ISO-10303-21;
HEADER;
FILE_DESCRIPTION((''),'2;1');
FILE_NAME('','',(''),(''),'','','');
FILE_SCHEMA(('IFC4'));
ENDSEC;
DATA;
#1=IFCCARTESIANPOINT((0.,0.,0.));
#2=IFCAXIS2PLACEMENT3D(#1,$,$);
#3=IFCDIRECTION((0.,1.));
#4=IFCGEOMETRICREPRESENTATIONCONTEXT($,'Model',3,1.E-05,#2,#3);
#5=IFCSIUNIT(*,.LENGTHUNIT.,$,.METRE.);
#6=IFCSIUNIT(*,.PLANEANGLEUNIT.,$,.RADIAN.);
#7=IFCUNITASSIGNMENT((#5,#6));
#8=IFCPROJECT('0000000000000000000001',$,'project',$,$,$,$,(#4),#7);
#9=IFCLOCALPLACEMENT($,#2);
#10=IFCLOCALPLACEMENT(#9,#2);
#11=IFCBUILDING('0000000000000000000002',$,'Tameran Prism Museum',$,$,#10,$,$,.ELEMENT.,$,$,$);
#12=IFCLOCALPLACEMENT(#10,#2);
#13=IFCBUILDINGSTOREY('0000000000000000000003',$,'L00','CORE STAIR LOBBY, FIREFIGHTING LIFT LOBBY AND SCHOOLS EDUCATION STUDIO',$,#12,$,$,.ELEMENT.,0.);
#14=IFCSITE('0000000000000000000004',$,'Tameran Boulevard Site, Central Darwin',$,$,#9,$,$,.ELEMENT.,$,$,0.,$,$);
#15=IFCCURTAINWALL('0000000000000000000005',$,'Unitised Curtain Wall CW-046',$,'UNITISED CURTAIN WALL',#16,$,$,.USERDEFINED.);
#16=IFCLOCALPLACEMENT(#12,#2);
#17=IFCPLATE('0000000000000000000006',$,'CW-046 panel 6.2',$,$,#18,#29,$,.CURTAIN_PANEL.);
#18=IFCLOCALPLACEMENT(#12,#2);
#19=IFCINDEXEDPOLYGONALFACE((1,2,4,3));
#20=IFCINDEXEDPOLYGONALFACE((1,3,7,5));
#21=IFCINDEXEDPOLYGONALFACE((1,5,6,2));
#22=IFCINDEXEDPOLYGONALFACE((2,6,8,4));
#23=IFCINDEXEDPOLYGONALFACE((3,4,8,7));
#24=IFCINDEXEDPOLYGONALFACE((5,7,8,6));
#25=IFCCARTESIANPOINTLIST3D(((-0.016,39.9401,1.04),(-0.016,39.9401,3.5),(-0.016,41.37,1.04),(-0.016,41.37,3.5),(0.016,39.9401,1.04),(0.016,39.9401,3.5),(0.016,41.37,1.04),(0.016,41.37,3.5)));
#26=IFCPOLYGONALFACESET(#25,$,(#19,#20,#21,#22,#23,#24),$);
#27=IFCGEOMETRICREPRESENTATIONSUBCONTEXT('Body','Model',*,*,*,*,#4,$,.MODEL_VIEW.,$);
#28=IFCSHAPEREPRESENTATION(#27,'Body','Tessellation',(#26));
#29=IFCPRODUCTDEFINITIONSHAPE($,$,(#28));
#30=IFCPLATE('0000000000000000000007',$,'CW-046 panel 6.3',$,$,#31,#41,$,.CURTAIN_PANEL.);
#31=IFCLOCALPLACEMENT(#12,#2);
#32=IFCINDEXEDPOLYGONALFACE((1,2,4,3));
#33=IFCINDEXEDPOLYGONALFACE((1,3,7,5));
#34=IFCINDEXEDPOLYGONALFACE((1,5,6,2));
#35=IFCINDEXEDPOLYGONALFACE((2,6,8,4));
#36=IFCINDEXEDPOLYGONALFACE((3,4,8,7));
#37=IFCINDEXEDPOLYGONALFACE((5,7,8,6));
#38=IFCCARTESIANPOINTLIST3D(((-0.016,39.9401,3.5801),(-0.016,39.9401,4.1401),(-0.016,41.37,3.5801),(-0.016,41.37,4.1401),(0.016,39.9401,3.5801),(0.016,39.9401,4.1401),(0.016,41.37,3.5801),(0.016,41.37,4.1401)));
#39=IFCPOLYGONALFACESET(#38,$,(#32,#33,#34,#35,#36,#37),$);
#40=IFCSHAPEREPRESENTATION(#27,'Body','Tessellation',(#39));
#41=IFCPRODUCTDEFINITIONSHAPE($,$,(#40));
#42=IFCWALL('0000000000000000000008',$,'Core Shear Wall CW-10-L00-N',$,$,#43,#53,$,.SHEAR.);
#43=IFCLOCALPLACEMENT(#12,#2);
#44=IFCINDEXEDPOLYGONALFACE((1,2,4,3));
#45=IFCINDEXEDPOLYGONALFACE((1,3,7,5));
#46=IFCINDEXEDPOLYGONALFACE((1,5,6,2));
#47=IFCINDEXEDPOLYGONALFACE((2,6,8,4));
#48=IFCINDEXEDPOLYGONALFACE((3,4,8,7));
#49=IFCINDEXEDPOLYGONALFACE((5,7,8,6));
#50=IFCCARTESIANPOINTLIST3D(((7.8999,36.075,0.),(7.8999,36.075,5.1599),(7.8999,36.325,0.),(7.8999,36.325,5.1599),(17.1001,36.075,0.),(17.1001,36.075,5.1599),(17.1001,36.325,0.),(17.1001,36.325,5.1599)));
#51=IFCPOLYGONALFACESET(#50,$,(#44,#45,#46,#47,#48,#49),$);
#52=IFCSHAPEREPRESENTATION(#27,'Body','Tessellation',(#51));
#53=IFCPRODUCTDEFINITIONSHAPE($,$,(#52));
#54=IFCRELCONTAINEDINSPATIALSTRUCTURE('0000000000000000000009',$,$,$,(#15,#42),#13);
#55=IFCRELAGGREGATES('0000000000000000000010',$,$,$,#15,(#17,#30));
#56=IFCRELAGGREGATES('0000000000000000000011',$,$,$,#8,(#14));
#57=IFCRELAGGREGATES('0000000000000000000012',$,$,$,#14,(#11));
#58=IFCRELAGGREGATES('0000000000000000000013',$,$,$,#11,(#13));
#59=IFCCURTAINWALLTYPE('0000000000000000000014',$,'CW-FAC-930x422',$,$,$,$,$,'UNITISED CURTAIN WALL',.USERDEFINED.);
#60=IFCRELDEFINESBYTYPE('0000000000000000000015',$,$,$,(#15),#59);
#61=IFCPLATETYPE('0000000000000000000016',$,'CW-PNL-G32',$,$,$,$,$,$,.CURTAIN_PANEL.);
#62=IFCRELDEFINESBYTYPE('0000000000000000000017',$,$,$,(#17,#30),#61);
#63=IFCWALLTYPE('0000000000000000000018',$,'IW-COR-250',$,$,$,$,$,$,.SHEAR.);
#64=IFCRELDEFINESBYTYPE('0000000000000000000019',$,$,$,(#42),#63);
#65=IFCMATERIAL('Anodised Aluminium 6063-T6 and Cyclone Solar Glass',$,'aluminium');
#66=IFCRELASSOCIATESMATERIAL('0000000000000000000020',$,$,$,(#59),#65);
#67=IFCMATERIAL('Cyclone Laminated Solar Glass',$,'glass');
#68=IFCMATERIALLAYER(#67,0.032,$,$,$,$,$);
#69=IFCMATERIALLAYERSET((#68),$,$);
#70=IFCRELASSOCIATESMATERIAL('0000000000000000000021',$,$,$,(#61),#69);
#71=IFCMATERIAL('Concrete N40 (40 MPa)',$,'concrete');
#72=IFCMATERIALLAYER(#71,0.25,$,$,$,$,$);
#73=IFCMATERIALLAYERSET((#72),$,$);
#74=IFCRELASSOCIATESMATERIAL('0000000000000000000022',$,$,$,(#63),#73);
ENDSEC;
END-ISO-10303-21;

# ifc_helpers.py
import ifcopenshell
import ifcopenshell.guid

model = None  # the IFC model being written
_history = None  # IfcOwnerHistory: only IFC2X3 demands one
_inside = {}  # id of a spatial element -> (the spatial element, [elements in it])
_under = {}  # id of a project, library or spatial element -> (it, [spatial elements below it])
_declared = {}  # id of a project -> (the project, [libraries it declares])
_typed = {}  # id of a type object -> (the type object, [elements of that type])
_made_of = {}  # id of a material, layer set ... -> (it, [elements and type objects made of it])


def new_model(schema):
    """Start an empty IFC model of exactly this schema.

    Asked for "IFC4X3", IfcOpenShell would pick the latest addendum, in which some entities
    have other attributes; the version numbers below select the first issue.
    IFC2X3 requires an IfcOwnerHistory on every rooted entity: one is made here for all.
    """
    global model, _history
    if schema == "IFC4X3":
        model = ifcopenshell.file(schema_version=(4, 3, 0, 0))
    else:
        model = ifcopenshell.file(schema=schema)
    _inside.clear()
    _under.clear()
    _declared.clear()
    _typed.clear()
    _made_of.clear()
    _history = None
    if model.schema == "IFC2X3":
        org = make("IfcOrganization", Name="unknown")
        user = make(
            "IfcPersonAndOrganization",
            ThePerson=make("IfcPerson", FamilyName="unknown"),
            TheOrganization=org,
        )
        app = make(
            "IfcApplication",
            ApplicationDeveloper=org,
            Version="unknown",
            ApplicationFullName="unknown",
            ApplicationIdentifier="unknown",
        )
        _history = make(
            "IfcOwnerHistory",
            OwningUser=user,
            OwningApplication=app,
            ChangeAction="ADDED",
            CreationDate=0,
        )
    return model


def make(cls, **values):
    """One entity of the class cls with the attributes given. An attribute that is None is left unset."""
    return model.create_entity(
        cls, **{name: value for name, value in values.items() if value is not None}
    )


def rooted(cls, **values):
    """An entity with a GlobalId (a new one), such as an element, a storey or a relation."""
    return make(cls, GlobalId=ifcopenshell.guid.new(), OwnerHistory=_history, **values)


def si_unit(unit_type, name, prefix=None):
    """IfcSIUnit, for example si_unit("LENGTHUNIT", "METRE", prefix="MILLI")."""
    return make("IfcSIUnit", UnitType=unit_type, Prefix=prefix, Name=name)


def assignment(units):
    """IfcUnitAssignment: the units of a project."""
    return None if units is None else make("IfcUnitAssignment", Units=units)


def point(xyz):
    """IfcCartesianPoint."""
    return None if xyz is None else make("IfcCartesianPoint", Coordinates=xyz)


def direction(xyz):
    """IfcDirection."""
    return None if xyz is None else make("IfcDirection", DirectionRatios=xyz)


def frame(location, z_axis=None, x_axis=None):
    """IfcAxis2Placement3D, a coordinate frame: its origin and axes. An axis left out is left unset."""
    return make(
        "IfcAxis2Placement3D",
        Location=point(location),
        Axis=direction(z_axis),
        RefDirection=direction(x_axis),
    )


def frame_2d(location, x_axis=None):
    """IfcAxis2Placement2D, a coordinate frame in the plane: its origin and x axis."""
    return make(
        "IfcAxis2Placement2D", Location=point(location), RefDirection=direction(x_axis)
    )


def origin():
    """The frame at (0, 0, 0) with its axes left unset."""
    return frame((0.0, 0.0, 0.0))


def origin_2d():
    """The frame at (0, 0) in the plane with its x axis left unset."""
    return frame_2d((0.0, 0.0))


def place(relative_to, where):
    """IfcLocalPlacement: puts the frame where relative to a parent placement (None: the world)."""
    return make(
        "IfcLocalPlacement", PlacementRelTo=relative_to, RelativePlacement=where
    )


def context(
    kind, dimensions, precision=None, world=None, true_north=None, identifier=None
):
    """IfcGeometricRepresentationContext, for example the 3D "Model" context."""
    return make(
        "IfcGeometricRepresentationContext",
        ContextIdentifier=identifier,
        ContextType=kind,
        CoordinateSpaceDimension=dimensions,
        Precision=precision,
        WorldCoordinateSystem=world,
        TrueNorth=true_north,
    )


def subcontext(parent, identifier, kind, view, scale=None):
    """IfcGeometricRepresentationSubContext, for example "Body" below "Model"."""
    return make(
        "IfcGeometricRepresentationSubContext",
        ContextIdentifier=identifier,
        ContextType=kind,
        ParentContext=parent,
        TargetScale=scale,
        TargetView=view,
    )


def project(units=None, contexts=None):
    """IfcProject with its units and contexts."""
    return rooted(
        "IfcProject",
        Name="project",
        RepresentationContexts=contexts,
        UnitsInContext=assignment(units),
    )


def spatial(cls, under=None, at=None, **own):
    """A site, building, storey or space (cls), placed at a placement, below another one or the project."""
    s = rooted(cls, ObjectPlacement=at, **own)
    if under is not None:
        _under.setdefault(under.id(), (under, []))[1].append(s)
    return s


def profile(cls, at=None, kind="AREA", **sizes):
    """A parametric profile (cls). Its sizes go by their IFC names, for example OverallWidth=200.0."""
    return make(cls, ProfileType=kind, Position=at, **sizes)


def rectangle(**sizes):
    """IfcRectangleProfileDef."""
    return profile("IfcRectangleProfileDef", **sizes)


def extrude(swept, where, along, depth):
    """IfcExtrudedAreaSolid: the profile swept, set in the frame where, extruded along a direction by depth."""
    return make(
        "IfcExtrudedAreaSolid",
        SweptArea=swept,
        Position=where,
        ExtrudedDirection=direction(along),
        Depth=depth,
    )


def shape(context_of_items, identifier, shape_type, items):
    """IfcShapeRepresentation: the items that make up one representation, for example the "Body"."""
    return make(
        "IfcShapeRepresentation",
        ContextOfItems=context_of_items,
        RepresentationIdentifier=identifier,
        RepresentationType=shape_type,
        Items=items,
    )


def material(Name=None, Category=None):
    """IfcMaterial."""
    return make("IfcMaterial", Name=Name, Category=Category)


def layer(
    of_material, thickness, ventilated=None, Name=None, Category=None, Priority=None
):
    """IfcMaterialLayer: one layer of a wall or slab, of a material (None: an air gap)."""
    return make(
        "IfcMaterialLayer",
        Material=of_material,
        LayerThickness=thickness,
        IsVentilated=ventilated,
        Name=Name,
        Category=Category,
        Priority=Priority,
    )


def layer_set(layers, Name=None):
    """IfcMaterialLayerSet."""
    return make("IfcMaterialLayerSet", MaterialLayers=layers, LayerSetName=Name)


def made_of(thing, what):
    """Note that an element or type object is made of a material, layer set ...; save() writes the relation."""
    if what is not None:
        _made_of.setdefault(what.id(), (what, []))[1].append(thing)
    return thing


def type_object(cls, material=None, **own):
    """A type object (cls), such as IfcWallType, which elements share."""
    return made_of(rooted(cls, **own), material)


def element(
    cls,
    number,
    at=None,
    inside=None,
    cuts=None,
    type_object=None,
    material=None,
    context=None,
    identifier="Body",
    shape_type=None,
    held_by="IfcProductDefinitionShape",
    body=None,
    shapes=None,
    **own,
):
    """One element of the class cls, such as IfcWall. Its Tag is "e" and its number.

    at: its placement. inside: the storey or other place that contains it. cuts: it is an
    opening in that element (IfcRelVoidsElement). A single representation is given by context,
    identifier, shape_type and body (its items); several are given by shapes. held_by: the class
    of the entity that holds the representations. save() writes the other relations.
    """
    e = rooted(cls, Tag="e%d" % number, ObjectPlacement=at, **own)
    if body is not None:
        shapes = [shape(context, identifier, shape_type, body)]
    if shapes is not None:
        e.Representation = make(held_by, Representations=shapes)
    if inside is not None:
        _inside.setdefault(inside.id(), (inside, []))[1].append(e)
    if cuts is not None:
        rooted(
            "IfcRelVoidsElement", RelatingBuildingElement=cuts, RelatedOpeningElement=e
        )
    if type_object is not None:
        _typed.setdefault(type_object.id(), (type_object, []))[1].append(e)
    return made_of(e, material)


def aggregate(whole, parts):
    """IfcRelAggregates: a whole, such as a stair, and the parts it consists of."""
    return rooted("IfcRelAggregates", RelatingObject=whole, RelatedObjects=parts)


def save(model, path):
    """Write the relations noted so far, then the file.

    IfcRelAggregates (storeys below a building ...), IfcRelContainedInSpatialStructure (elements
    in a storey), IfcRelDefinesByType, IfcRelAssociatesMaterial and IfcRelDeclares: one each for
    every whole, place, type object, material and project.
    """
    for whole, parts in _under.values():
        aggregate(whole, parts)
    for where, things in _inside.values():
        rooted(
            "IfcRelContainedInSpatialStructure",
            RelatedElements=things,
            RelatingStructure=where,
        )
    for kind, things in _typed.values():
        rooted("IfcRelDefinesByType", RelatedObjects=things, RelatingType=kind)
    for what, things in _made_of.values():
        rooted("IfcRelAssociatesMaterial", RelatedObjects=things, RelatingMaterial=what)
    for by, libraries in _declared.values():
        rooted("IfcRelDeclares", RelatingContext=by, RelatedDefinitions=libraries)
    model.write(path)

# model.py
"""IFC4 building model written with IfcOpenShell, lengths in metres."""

from ifc_helpers import new_model, si_unit, direction, frame, frame_2d, origin, origin_2d, place, context, subcontext, project, spatial, rectangle, extrude, material, layer, layer_set, type_object, element, aggregate, save


model = new_model("IFC4")

# Units and contexts
model_context = context("Model", 3, precision=1e-05, world=origin(), true_north=direction((0.0, 1.0)))
body_context = subcontext(model_context, "Body", "Model", "MODEL_VIEW")
ifc_project = project(units=[si_unit("LENGTHUNIT", "METRE"), si_unit("PLANEANGLEUNIT", "RADIAN")], contexts=[model_context])

# Site, building, storey
site_placement = place(None, origin())
site = spatial("IfcSite", under=ifc_project, at=site_placement, Name="Tameran Boulevard Site, Central Darwin", CompositionType="ELEMENT", RefElevation=0.0)
building_placement = place(site_placement, origin())
building = spatial("IfcBuilding", under=site, at=building_placement, Name="Tameran Prism Museum", CompositionType="ELEMENT")
storey_placement = place(building_placement, origin())
storey = spatial("IfcBuildingStorey", under=building, at=storey_placement, Name="L00", Description="CORE STAIR LOBBY, FIREFIGHTING LIFT LOBBY AND SCHOOLS EDUCATION STUDIO", CompositionType="ELEMENT", Elevation=0.0)

# Curtain wall, plates
ifc_material_1 = material(Name="Anodised Aluminium 6063-T6 and Cyclone Solar Glass", Category="aluminium")
curtain_wall_type = type_object("IfcCurtainWallType", Name="CW-FAC-930x422", ElementType="UNITISED CURTAIN WALL", PredefinedType="USERDEFINED", material=ifc_material_1)
curtain_wall_placement = place(storey_placement, origin())
curtain_wall = element("IfcCurtainWall", 1, at=curtain_wall_placement, inside=storey, type_object=curtain_wall_type, Name="Unitised Curtain Wall CW-046", ObjectType="UNITISED CURTAIN WALL", PredefinedType="USERDEFINED")
ifc_material_2 = material(Name="Cyclone Laminated Solar Glass", Category="glass")
ifc_layer_1 = layer(ifc_material_2, 0.032)
ifc_layer_set_1 = layer_set([ifc_layer_1])
plate_type = type_object("IfcPlateType", Name="CW-PNL-G32", PredefinedType="CURTAIN_PANEL", material=ifc_layer_set_1)
plate_1_placement = place(storey_placement, frame((0.0, 40.655, 1.04), z_axis=(0.0, 0.0, 1.0), x_axis=(0.0, 1.0, 0.0)))
plate_1 = element("IfcPlate", 2, at=plate_1_placement, type_object=plate_type, Name="CW-046 panel 6.2", PredefinedType="CURTAIN_PANEL", context=body_context, shape_type="SweptSolid", body=[
    extrude(rectangle(XDim=1.4299, YDim=0.032, at=origin_2d()), origin(), (0.0, 0.0, 1.0), 2.46),
])
plate_2_placement = place(storey_placement, frame((0.0, 40.655, 3.5801), z_axis=(0.0, 0.0, 1.0), x_axis=(0.0, 1.0, 0.0)))
plate_2 = element("IfcPlate", 3, at=plate_2_placement, type_object=plate_type, Name="CW-046 panel 6.3", PredefinedType="CURTAIN_PANEL", context=body_context, shape_type="SweptSolid", body=[
    extrude(rectangle(XDim=1.4299, YDim=0.032, at=origin_2d()), origin(), (0.0, 0.0, 1.0), 0.5601),
])
aggregate(curtain_wall, [plate_1, plate_2])

# Wall
ifc_material_3 = material(Name="Concrete N40 (40 MPa)", Category="concrete")
ifc_layer_2 = layer(ifc_material_3, 0.25)
ifc_layer_set_2 = layer_set([ifc_layer_2])
wall_type = type_object("IfcWallType", Name="IW-COR-250", PredefinedType="SHEAR", material=ifc_layer_set_2)
wall_placement = place(storey_placement, frame((7.8999, 36.2, 0.0), z_axis=(0.0, 0.0, 1.0), x_axis=(1.0, 0.0, 0.0)))
element("IfcWall", 4, at=wall_placement, inside=storey, type_object=wall_type, Name="Core Shear Wall CW-10-L00-N", PredefinedType="SHEAR", context=body_context, shape_type="SweptSolid", body=[
    extrude(rectangle(XDim=9.2002, YDim=0.25, at=frame_2d((4.6001, 0.0))), origin(), (0.0, 0.0, 1.0), 5.1599),
])

save(model, "model.ifc")
